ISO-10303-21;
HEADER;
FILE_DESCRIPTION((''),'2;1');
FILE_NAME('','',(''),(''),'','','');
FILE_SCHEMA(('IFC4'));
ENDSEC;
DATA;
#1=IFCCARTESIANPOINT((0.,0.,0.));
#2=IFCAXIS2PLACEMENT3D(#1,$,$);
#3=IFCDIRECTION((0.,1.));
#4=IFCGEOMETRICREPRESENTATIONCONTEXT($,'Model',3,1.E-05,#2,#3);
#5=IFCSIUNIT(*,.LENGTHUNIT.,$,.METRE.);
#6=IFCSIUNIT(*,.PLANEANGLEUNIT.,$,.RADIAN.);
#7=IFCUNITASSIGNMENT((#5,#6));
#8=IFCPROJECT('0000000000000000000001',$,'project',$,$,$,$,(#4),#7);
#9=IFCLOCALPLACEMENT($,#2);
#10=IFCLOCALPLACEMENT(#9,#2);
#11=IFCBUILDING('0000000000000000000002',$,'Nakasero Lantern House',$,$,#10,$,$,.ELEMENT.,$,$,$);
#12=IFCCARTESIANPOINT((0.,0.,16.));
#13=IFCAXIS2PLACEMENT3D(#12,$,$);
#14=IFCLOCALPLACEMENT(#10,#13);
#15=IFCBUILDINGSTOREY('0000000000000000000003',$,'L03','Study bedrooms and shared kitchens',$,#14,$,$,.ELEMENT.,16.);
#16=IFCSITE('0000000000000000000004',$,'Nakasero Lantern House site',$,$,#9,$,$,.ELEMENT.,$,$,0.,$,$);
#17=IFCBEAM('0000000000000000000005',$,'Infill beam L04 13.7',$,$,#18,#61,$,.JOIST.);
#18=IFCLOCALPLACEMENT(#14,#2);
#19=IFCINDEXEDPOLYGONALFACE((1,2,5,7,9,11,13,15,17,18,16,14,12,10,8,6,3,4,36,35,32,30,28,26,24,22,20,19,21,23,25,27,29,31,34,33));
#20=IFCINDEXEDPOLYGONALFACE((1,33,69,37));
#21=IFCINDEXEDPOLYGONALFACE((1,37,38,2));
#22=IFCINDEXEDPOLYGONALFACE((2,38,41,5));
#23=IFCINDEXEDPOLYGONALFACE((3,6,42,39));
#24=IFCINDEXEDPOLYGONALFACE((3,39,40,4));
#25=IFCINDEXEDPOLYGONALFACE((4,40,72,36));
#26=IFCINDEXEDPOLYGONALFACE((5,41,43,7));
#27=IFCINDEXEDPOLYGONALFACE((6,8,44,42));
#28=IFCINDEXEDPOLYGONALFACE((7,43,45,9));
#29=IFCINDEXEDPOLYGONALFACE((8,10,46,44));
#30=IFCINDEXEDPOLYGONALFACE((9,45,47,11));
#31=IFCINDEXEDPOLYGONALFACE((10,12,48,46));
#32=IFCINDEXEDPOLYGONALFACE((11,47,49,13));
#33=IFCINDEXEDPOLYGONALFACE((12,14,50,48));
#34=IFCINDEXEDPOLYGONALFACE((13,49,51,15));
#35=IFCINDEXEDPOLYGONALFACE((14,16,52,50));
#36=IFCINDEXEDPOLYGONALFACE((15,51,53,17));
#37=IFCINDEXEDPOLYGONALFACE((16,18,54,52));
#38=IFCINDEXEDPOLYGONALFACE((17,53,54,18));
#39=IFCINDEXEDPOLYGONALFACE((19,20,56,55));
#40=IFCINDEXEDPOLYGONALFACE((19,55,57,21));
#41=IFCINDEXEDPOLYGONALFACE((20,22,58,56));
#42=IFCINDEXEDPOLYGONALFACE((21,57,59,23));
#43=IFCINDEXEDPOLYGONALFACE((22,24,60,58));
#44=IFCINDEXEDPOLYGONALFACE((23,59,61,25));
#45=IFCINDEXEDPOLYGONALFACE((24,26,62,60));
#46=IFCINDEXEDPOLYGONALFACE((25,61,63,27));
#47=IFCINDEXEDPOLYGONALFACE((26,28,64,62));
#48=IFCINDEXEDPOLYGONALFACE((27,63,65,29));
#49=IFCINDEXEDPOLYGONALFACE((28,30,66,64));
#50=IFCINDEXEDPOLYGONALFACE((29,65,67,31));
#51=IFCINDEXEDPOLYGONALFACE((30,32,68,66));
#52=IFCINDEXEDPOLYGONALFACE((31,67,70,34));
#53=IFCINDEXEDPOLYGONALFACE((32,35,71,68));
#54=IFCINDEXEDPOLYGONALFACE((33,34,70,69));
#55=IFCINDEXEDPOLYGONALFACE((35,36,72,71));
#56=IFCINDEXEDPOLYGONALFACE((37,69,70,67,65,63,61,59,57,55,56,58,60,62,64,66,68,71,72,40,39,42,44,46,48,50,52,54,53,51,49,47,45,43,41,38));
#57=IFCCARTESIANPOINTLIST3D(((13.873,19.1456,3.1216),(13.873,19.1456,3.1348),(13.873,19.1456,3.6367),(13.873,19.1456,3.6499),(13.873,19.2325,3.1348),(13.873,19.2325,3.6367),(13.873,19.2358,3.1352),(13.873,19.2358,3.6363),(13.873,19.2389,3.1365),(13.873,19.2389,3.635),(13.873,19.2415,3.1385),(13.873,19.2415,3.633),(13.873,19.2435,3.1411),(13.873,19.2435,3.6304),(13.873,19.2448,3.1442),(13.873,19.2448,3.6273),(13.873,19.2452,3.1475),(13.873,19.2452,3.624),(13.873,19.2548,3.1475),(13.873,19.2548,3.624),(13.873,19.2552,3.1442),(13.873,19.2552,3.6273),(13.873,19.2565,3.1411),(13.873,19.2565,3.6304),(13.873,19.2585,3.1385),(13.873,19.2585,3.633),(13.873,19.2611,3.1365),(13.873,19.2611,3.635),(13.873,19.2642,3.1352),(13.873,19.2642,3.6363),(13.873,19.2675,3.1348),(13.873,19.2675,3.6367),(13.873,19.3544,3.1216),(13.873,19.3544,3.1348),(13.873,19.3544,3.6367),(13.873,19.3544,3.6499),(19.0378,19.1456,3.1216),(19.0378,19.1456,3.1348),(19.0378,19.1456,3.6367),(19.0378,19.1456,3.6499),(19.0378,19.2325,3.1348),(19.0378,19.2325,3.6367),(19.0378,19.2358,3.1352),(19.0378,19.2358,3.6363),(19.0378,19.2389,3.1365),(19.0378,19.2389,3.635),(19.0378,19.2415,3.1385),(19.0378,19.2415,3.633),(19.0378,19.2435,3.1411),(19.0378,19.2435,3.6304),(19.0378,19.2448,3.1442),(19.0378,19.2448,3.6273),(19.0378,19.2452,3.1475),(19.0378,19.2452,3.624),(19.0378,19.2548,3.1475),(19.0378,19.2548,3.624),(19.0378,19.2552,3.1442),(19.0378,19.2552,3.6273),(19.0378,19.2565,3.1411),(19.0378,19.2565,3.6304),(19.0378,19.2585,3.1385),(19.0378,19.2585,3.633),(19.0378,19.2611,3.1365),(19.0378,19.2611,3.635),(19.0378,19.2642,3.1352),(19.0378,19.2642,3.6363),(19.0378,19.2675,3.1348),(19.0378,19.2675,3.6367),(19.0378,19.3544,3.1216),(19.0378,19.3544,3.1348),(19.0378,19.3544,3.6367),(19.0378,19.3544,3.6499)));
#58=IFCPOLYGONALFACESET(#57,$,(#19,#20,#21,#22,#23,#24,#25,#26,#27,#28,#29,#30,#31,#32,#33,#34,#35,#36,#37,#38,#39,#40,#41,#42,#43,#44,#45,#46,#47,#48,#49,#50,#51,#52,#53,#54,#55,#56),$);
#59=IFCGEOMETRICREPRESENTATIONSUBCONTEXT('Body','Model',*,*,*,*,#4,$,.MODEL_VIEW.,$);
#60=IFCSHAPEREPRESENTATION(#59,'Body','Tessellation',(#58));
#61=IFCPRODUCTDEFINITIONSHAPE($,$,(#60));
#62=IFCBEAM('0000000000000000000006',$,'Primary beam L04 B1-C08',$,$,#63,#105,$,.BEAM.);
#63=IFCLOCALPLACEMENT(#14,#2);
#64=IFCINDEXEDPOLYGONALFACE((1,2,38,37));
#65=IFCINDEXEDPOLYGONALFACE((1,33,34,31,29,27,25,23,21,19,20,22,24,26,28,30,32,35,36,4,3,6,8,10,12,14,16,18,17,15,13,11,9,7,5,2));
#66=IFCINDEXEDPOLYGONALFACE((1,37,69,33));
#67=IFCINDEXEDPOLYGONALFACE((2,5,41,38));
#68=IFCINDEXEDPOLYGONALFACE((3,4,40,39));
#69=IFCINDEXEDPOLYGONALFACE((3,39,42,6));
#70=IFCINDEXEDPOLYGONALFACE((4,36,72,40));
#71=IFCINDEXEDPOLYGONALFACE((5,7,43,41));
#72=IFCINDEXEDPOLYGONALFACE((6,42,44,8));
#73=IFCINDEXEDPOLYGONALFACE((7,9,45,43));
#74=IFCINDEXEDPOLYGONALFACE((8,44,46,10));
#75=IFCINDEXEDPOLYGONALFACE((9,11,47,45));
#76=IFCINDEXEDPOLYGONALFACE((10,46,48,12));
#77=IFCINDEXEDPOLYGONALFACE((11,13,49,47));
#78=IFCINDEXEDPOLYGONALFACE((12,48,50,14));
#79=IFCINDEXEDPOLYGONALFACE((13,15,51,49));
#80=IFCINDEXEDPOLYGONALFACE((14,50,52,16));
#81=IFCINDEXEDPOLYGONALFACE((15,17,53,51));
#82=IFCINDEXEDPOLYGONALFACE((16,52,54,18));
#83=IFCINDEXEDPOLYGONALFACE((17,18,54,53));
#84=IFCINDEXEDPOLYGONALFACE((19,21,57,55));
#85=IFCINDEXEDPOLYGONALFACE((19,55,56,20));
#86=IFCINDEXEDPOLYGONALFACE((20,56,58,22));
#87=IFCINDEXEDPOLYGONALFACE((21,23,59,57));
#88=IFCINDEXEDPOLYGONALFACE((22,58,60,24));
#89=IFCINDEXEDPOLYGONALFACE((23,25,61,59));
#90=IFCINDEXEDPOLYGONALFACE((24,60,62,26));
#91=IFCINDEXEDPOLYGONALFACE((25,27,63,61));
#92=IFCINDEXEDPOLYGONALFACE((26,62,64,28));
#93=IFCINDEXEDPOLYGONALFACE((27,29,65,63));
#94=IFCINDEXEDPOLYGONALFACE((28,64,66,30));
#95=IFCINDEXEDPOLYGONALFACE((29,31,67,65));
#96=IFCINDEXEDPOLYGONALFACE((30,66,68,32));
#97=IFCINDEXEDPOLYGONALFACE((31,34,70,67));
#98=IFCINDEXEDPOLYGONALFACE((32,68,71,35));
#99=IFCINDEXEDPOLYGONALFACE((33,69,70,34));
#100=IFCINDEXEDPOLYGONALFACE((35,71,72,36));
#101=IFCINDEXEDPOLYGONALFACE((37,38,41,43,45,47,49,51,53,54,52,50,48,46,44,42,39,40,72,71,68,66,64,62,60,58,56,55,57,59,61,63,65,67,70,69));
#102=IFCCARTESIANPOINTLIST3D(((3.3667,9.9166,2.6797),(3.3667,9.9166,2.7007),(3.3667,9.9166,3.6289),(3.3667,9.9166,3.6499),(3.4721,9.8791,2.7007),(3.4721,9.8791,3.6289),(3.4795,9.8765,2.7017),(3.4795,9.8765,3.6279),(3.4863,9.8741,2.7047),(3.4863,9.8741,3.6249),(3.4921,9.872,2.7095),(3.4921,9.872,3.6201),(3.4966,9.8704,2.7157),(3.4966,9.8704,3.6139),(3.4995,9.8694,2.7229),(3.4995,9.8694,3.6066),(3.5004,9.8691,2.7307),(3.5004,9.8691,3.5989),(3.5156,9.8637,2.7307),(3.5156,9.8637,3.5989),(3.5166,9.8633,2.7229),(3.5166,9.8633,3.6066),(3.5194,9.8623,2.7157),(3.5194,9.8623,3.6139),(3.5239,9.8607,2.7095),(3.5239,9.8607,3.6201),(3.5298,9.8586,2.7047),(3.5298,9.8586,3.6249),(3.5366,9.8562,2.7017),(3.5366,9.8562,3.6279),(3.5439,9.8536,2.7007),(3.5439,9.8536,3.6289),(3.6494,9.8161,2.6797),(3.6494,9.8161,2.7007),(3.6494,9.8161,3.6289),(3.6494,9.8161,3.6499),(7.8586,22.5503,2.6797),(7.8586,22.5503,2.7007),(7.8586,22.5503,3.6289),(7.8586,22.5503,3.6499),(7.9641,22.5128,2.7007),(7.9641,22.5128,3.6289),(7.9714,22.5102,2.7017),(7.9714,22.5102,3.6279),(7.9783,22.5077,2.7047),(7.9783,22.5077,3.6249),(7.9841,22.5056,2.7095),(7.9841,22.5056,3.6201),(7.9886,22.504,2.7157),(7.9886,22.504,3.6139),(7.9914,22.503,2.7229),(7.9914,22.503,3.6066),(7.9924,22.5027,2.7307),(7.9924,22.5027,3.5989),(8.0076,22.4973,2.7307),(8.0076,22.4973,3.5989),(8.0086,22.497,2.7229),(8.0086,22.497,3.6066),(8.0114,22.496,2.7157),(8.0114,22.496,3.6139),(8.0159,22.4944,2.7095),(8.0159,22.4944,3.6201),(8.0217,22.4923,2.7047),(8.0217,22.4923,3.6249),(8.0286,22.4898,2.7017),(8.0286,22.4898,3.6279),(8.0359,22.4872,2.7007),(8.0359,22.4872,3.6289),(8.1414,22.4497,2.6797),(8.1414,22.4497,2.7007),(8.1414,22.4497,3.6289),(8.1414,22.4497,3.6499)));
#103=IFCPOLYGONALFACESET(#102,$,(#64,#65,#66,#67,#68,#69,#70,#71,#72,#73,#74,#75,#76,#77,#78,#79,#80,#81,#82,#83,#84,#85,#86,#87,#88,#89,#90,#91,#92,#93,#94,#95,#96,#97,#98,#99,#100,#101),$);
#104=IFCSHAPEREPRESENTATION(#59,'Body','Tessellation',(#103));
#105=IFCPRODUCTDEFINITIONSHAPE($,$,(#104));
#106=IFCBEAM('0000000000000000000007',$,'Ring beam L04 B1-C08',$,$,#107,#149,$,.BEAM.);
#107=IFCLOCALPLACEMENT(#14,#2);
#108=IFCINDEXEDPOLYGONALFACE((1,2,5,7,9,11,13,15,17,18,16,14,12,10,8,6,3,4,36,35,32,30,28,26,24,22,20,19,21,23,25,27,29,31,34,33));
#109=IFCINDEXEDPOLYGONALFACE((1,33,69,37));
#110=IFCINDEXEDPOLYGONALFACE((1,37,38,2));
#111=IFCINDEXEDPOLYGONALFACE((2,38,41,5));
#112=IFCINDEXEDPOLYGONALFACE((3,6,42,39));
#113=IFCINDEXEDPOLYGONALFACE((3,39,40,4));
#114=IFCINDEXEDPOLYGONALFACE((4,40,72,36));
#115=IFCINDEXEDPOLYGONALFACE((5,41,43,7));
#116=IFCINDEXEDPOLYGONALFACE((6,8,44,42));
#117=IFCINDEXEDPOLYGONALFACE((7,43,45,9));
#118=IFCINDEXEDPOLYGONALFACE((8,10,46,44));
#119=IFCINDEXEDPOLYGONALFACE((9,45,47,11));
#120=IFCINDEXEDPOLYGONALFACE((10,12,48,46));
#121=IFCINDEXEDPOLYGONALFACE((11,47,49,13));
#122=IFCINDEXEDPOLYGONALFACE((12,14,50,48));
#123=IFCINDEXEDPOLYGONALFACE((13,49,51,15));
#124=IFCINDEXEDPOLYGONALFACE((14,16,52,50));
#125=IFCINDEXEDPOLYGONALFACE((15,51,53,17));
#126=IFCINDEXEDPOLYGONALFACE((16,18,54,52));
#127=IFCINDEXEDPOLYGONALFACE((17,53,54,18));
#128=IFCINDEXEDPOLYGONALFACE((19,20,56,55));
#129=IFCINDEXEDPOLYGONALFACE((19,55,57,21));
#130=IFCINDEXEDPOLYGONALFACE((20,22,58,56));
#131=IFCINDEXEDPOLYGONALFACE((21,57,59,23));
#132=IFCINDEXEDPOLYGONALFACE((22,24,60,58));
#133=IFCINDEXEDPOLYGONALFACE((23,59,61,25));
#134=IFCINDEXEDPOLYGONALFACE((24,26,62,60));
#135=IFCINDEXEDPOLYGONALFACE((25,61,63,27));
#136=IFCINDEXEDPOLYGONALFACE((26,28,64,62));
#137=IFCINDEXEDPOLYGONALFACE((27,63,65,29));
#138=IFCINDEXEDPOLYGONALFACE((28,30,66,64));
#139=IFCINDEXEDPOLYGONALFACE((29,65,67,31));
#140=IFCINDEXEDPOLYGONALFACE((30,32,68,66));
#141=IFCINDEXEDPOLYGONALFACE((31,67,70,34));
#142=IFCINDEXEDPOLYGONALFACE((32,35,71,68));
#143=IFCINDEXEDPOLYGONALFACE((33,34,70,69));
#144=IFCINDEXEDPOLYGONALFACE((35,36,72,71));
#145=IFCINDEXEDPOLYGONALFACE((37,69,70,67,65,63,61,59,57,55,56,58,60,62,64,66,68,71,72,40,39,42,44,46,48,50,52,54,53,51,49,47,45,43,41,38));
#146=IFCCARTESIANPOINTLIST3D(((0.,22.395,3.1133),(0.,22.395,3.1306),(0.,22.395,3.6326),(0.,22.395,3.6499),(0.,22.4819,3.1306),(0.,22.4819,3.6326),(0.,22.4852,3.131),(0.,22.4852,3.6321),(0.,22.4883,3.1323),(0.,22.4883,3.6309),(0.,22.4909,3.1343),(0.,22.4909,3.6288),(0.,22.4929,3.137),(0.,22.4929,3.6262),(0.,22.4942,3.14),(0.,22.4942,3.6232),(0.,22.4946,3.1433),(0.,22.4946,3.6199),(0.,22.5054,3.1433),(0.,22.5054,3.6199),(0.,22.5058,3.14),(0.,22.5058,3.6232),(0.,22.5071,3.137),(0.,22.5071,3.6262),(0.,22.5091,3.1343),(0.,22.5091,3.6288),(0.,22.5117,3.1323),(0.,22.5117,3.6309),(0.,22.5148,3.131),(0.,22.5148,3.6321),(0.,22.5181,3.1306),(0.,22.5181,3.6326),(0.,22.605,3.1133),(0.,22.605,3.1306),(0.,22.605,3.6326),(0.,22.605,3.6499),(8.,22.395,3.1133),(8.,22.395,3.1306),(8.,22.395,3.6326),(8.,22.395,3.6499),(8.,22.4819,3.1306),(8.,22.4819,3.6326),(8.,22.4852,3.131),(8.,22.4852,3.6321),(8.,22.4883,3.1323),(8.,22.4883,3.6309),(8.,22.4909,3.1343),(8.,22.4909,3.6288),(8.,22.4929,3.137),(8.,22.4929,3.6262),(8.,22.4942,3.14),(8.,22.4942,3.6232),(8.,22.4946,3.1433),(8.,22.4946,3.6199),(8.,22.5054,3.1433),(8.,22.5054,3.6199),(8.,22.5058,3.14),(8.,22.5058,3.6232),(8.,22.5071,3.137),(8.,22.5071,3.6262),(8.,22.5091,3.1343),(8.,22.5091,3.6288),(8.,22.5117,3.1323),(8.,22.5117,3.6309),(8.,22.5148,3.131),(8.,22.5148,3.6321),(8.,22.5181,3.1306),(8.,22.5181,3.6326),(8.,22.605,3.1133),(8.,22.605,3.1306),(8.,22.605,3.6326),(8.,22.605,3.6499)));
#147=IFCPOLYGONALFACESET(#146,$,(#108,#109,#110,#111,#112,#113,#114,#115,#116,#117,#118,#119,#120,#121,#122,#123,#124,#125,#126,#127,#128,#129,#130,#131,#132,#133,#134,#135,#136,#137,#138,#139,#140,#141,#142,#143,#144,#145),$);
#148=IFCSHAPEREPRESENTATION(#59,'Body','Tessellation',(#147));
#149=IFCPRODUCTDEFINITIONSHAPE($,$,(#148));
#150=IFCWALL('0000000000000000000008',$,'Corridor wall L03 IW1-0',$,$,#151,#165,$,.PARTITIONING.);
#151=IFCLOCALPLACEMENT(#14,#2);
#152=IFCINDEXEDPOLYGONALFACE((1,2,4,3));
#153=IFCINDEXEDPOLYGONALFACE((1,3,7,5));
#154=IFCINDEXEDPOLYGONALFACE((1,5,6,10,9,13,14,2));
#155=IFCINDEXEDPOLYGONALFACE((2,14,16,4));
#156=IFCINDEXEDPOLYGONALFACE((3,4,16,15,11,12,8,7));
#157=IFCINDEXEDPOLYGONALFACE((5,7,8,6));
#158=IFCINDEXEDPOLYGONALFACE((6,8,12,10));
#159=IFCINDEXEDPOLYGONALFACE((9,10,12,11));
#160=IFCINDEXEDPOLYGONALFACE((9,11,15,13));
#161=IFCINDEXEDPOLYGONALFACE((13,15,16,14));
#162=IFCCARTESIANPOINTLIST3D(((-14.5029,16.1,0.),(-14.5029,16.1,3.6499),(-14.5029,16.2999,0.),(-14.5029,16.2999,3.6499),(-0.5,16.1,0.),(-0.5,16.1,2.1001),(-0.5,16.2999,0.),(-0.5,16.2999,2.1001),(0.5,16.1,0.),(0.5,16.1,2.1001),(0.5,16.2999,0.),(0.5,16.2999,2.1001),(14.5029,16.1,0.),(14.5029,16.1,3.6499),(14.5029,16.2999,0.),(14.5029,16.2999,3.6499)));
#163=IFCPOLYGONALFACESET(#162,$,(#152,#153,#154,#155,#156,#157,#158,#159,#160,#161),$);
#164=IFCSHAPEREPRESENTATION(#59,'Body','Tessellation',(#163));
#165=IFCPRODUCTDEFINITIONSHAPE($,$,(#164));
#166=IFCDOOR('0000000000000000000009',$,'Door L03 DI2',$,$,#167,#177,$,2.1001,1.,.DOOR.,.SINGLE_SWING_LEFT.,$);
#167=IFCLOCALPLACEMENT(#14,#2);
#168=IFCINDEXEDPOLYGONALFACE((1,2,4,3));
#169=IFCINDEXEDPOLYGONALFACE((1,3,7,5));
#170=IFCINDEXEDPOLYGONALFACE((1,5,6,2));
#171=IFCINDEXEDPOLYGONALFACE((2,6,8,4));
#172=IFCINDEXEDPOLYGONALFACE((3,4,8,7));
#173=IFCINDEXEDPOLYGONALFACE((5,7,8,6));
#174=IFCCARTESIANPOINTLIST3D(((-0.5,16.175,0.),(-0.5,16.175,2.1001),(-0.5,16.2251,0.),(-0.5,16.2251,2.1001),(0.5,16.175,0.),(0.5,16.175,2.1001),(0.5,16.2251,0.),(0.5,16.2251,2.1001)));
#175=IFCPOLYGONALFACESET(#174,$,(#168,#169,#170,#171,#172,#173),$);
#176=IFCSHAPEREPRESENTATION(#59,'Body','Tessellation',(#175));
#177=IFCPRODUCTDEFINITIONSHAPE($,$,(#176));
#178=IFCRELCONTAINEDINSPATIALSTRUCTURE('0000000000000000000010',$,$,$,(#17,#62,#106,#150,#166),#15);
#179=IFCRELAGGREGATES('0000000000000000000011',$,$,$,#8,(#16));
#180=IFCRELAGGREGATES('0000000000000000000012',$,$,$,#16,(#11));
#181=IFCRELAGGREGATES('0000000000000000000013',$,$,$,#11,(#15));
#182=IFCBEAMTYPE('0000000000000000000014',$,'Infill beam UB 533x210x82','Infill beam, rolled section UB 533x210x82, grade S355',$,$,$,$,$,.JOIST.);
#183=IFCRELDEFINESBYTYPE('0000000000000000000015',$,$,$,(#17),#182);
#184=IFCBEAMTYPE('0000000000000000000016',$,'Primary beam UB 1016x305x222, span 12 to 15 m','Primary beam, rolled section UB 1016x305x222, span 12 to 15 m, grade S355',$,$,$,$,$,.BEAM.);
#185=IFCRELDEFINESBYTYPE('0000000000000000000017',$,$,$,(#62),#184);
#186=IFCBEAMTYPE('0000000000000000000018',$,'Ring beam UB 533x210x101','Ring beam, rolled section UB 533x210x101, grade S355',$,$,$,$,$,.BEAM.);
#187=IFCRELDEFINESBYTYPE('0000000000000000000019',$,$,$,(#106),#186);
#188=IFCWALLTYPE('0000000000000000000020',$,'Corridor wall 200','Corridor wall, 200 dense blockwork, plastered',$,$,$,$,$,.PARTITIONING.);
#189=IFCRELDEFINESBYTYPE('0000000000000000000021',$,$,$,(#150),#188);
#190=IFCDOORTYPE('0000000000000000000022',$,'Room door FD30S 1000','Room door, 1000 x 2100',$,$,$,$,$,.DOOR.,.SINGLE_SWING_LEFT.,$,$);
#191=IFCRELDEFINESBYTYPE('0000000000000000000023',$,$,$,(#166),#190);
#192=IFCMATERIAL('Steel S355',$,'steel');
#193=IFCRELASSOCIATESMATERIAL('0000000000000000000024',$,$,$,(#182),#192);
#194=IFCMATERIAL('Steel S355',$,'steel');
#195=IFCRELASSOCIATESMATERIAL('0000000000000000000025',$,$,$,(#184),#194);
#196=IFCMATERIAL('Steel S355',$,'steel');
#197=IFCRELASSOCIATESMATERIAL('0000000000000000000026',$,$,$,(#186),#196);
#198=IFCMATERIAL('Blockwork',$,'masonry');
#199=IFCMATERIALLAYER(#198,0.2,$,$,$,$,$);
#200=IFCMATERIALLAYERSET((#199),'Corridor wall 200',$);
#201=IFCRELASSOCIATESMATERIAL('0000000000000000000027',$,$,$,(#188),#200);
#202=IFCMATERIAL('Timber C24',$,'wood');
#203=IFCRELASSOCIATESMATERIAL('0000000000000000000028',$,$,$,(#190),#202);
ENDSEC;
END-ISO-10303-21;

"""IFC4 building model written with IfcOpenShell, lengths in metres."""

from ifc_helpers import new_model, si_unit, direction, frame, frame_2d, origin, origin_2d, place, context, subcontext, project, spatial, rectangle, i_section, extrude, material, layer, layer_set, material_profile, profile_set, type_object, element, fill, save


model = new_model("IFC4")

# Units and contexts
model_context = context("Model", 3, precision=1e-05, world=origin(), true_north=direction((0.0, 1.0)))
body_context = subcontext(model_context, "Body", "Model", "MODEL_VIEW")
ifc_project = project(units=[si_unit("LENGTHUNIT", "METRE"), si_unit("PLANEANGLEUNIT", "RADIAN")], contexts=[model_context])

# Site, building, storey
site_placement = place(None, origin())
site = spatial("IfcSite", under=ifc_project, at=site_placement, Name="Nakasero Lantern House site", CompositionType="ELEMENT", RefElevation=0.0)
building_placement = place(site_placement, origin())
building = spatial("IfcBuilding", under=site, at=building_placement, Name="Nakasero Lantern House", CompositionType="ELEMENT")
storey_placement = place(building_placement, frame((0.0, 0.0, 16.0)))
storey = spatial("IfcBuildingStorey", under=building, at=storey_placement, Name="L03", Description="Study bedrooms and shared kitchens", CompositionType="ELEMENT", Elevation=16.0)

# Beams
ifc_material_1 = material(Name="Steel S355", Category="steel")
ifc_material_profile_1 = material_profile(ifc_material_1, i_section(OverallWidth=0.2087, OverallDepth=0.5283, WebThickness=0.0095, FlangeThickness=0.0132, FilletRadius=0.0127, at=origin_2d()), Name="UB 533x210x82")
ifc_profile_set_1 = profile_set([ifc_material_profile_1], Name="Steel S355")
beam_type_1 = type_object("IfcBeamType", Name="Infill beam UB 533x210x82", Description="Infill beam, rolled section UB 533x210x82, grade S355", PredefinedType="JOIST", material=ifc_profile_set_1)
beam_1_placement = place(storey_placement, frame((13.873, 19.25, 3.3857), z_axis=(1.0, 0.0, 0.0), x_axis=(0.0, 1.0, 0.0)))
element("IfcBeam", 1, at=beam_1_placement, inside=storey, type_object=beam_type_1, Name="Infill beam L04 13.7", PredefinedType="JOIST", context=body_context, shape_type="SweptSolid", body=[
    extrude(i_section(OverallWidth=0.2087, OverallDepth=0.5283, WebThickness=0.0095, FlangeThickness=0.0132, FilletRadius=0.0127, at=origin_2d()), origin(), (0.0, 0.0, 1.0), 5.1648),
])
ifc_material_2 = material(Name="Steel S355", Category="steel")
ifc_material_profile_2 = material_profile(ifc_material_2, i_section(OverallWidth=0.3, OverallDepth=0.9702, WebThickness=0.0161, FlangeThickness=0.021, FilletRadius=0.03, at=origin_2d()), Name="UB 1016x305x222")
ifc_profile_set_2 = profile_set([ifc_material_profile_2], Name="Steel S355")
beam_type_2 = type_object("IfcBeamType", Name="Primary beam UB 1016x305x222, span 12 to 15 m", Description="Primary beam, rolled section UB 1016x305x222, span 12 to 15 m, grade S355", PredefinedType="BEAM", material=ifc_profile_set_2)
beam_2_placement = place(storey_placement, frame((8.0, 22.5, 3.1648), z_axis=(-0.335011, -0.942214, 0.0), x_axis=(0.942214, -0.335011, 0.0)))
element("IfcBeam", 2, at=beam_2_placement, inside=storey, type_object=beam_type_2, Name="Primary beam L04 B1-C08", PredefinedType="BEAM", context=body_context, shape_type="SweptSolid", body=[
    extrude(i_section(OverallWidth=0.3, OverallDepth=0.9702, WebThickness=0.0161, FlangeThickness=0.021, FilletRadius=0.03, at=origin_2d()), origin(), (0.0, 0.0, 1.0), 13.4084),
])
ifc_material_3 = material(Name="Steel S355", Category="steel")
ifc_material_profile_3 = material_profile(ifc_material_3, i_section(OverallWidth=0.21, OverallDepth=0.5366, WebThickness=0.0107, FlangeThickness=0.0173, FilletRadius=0.0127, at=origin_2d()), Name="UB 533x210x101")
ifc_profile_set_3 = profile_set([ifc_material_profile_3], Name="Steel S355")
beam_type_3 = type_object("IfcBeamType", Name="Ring beam UB 533x210x101", Description="Ring beam, rolled section UB 533x210x101, grade S355", PredefinedType="BEAM", material=ifc_profile_set_3)
beam_3_placement = place(storey_placement, frame((8.0, 22.5, 3.3816), z_axis=(-1.0, 0.0, 0.0), x_axis=(0.0, -1.0, 0.0)))
element("IfcBeam", 3, at=beam_3_placement, inside=storey, type_object=beam_type_3, Name="Ring beam L04 B1-C08", PredefinedType="BEAM", context=body_context, shape_type="SweptSolid", body=[
    extrude(i_section(OverallWidth=0.21, OverallDepth=0.5366, WebThickness=0.0107, FlangeThickness=0.0173, FilletRadius=0.0127, at=origin_2d()), origin(), (0.0, 0.0, 1.0), 8.0),
])

# Wall, opening, door
ifc_material_4 = material(Name="Blockwork", Category="masonry")
ifc_layer_1 = layer(ifc_material_4, 0.2)
ifc_layer_set_1 = layer_set([ifc_layer_1], Name="Corridor wall 200")
wall_type_1 = type_object("IfcWallType", Name="Corridor wall 200", Description="Corridor wall, 200 dense blockwork, plastered", PredefinedType="PARTITIONING", material=ifc_layer_set_1)
wall_1_placement = place(storey_placement, frame((14.5029, 16.2, 0.0), z_axis=(0.0, 0.0, 1.0), x_axis=(-1.0, 0.0, 0.0)))
wall_1 = element("IfcWall", 4, at=wall_1_placement, inside=storey, type_object=wall_type_1, Name="Corridor wall L03 IW1-0", PredefinedType="PARTITIONING", context=body_context, shape_type="SweptSolid", body=[
    extrude(rectangle(XDim=29.0059, YDim=0.2, at=frame_2d((14.5029, 0.0))), origin(), (0.0, 0.0, 1.0), 3.6499),
])
opening_1_placement = place(wall_1_placement, frame((14.0029, 0.0, 0.0)))
opening_1 = element("IfcOpeningElement", 5, at=opening_1_placement, cuts=wall_1, PredefinedType="OPENING", context=body_context, shape_type="SweptSolid", body=[
    extrude(rectangle(XDim=1.0, YDim=2.1001, at=frame_2d((0.5, 1.05))), frame((0.0, 0.1199, 0.0), z_axis=(0.0, -1.0, 0.0), x_axis=(1.0, 0.0, 0.0)), (0.0, 0.0, 1.0), 0.24),
])
ifc_material_5 = material(Name="Timber C24", Category="wood")
door_type_1 = type_object("IfcDoorType", Name="Room door FD30S 1000", Description="Room door, 1000 x 2100", OperationType="SINGLE_SWING_LEFT", PredefinedType="DOOR", material=ifc_material_5)
door_1_placement = place(opening_1_placement, origin())
door_1 = element("IfcDoor", 6, at=door_1_placement, inside=storey, type_object=door_type_1, Name="Door L03 DI2", OperationType="SINGLE_SWING_LEFT", OverallHeight=2.1001, OverallWidth=1.0, PredefinedType="DOOR", context=body_context, shape_type="SweptSolid", body=[
    extrude(rectangle(XDim=1.0, YDim=2.1001, at=frame_2d((0.5, 1.05))), frame((0.0, 0.0249, 0.0), z_axis=(0.0, -1.0, 0.0), x_axis=(1.0, 0.0, 0.0)), (0.0, 0.0, 1.0), 0.05),
])
fill(opening_1, door_1)

save(model, "model.ifc")
